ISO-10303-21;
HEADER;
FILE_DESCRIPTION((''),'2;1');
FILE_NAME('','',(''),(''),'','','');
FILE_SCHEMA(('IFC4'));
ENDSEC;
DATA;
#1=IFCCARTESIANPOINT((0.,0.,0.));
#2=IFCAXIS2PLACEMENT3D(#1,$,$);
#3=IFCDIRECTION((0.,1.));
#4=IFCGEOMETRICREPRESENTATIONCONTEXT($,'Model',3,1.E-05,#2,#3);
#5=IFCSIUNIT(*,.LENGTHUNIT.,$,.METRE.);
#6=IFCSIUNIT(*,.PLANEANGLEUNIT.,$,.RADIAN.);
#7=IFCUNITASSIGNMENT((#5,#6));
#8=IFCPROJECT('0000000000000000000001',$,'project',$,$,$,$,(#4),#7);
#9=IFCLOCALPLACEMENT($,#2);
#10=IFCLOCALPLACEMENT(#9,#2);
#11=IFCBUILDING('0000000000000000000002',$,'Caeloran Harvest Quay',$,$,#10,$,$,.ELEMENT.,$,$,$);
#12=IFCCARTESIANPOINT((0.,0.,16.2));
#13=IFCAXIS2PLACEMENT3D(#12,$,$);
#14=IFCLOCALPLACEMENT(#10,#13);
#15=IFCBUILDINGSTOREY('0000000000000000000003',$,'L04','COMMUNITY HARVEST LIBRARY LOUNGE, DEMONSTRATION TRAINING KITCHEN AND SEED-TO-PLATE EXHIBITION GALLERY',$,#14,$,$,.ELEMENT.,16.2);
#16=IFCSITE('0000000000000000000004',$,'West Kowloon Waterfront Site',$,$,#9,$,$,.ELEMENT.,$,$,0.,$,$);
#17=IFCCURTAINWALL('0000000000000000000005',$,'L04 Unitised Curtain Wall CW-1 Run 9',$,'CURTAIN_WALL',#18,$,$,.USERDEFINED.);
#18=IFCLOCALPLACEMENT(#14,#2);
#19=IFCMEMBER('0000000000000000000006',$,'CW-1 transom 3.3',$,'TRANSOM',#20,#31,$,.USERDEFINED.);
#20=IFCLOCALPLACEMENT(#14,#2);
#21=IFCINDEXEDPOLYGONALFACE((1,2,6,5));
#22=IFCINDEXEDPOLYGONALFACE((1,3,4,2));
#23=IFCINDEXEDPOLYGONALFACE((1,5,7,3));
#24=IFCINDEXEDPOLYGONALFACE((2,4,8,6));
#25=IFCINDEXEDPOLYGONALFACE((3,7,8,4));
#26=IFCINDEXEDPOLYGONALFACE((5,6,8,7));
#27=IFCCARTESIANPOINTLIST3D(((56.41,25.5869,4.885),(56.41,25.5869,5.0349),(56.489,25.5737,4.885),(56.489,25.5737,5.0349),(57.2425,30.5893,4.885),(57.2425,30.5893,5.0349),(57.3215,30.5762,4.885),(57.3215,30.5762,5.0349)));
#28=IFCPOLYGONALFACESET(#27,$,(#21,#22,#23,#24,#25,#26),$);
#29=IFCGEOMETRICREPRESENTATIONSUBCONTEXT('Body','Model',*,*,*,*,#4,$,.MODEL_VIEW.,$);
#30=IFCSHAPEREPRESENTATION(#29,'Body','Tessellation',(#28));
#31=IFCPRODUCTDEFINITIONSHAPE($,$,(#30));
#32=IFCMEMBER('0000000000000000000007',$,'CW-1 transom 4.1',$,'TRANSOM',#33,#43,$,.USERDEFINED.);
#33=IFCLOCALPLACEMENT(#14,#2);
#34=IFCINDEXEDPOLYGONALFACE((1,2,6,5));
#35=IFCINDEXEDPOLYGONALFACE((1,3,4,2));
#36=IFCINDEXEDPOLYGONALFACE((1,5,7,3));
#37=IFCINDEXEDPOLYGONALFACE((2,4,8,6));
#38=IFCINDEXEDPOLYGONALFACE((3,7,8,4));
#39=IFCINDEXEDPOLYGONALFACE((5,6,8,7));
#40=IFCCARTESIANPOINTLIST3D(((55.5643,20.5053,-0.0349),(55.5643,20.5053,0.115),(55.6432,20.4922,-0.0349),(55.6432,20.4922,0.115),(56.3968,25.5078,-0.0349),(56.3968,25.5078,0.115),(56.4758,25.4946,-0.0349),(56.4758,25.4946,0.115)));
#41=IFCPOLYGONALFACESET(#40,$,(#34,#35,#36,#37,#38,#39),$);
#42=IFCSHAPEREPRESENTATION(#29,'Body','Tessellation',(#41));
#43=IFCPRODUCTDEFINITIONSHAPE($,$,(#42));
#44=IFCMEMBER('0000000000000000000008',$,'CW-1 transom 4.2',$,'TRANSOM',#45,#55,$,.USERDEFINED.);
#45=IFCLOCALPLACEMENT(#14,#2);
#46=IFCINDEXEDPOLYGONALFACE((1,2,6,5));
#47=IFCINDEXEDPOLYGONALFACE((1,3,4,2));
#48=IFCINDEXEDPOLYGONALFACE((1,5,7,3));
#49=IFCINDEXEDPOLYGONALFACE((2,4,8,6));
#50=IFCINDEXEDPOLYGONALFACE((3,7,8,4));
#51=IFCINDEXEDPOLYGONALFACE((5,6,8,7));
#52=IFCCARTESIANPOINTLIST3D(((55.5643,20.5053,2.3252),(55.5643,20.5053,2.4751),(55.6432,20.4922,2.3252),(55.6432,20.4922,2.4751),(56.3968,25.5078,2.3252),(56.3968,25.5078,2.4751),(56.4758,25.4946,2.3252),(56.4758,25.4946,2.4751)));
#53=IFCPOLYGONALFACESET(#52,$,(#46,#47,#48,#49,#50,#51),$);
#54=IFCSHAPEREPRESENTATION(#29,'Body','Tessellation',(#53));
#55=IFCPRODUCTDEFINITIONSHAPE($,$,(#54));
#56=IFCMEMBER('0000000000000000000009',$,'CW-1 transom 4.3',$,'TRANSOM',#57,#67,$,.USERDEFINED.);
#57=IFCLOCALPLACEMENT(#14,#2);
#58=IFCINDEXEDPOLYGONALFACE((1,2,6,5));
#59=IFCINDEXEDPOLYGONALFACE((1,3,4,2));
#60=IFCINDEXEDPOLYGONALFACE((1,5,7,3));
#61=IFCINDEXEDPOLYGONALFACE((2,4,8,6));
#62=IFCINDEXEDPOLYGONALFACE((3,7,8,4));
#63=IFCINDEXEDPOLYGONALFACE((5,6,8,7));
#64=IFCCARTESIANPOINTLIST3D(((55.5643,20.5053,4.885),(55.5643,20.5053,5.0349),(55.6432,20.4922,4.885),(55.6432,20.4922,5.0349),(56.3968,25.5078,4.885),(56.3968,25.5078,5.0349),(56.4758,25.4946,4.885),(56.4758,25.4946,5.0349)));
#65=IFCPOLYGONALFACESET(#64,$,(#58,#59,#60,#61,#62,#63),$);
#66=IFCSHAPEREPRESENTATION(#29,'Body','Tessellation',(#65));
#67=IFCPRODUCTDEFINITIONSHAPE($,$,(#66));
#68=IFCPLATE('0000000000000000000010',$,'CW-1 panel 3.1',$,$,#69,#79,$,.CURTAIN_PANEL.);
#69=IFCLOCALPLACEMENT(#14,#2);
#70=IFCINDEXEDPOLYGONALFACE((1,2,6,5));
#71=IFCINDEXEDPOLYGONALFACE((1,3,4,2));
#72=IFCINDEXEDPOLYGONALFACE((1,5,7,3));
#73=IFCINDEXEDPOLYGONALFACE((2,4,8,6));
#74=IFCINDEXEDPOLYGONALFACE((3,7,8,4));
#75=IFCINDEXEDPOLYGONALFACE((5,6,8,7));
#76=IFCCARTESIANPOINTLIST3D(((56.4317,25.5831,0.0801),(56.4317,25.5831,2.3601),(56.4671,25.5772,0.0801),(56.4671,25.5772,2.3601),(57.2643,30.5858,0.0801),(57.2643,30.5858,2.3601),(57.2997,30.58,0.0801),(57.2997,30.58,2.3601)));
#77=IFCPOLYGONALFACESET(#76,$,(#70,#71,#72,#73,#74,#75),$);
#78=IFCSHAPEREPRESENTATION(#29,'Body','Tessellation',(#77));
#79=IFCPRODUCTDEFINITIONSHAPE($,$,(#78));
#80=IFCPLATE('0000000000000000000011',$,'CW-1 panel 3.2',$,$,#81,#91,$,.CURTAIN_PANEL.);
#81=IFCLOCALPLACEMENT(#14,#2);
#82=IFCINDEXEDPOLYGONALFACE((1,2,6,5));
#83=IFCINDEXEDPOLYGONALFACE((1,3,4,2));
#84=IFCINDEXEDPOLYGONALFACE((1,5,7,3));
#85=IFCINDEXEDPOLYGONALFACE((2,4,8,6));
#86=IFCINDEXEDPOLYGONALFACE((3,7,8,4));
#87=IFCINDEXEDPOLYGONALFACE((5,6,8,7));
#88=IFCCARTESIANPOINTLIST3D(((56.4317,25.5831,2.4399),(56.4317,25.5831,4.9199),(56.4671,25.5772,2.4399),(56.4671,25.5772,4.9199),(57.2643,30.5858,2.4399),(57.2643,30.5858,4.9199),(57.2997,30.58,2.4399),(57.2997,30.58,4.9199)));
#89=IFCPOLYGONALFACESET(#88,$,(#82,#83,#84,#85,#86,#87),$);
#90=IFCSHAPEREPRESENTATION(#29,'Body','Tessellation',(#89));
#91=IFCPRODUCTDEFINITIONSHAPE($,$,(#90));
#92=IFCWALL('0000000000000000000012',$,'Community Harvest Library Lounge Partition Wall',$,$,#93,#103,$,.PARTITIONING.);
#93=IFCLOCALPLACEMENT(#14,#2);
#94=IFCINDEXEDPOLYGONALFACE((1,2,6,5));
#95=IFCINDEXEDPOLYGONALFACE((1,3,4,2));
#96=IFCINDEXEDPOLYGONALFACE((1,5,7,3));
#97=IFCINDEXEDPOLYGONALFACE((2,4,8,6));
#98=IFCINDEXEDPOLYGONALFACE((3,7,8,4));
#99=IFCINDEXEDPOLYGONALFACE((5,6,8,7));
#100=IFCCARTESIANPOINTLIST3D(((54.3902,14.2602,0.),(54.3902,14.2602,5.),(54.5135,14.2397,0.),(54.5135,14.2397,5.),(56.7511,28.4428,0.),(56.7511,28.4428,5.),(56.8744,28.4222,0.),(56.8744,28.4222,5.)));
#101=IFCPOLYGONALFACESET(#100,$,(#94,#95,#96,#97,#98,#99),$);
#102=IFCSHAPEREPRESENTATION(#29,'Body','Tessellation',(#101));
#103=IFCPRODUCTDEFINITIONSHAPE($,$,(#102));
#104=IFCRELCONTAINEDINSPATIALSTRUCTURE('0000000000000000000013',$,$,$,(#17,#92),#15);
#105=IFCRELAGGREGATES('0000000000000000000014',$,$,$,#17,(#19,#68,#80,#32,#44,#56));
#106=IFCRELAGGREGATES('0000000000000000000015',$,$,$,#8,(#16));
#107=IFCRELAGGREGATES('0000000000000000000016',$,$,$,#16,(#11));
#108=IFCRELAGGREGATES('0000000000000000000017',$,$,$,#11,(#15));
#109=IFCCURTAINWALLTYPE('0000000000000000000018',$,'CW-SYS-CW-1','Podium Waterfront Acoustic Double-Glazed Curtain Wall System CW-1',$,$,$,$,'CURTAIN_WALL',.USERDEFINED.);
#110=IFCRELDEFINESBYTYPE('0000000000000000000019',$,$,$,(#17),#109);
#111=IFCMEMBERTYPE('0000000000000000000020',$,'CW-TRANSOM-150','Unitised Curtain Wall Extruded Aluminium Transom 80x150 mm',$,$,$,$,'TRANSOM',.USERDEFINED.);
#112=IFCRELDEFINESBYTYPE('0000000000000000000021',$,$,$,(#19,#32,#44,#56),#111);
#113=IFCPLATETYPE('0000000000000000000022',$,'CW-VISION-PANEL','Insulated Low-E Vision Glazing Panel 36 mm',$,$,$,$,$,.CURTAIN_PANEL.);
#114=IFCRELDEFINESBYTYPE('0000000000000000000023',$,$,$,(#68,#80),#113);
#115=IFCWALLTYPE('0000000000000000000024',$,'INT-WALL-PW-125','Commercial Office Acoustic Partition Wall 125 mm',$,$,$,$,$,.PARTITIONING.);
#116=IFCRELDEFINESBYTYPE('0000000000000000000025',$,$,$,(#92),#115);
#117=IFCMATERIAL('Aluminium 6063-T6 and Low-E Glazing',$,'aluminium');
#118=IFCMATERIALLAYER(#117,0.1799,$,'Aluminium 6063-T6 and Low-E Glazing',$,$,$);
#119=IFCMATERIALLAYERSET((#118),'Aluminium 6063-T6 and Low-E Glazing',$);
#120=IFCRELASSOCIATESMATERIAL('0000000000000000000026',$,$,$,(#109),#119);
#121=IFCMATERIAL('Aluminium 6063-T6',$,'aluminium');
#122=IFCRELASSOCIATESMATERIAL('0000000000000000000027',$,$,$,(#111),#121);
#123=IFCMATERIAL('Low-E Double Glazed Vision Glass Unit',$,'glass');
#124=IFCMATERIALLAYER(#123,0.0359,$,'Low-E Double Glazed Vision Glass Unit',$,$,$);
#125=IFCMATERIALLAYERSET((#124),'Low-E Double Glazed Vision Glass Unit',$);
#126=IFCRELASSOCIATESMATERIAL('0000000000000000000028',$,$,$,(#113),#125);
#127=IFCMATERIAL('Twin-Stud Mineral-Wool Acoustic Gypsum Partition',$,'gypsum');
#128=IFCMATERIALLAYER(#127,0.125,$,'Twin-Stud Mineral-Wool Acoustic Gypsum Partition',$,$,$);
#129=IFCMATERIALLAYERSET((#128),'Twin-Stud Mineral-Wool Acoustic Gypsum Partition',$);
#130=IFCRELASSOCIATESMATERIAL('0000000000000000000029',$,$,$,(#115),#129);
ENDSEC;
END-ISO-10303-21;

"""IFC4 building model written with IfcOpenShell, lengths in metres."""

from ifc_helpers import new_model, si_unit, direction, frame, frame_2d, origin, origin_2d, place, context, subcontext, project, spatial, rectangle, extrude, material, layer, layer_set, material_profile, profile_set, type_object, element, aggregate, save


model = new_model("IFC4")

# Units and contexts
model_context = context("Model", 3, precision=1e-05, world=origin(), true_north=direction((0.0, 1.0)))
body_context = subcontext(model_context, "Body", "Model", "MODEL_VIEW")
ifc_project = project(units=[si_unit("LENGTHUNIT", "METRE"), si_unit("PLANEANGLEUNIT", "RADIAN")], contexts=[model_context])

# Site, building, storey
site_placement = place(None, origin())
site = spatial("IfcSite", under=ifc_project, at=site_placement, Name="West Kowloon Waterfront Site", CompositionType="ELEMENT", RefElevation=0.0)
building_placement = place(site_placement, origin())
building = spatial("IfcBuilding", under=site, at=building_placement, Name="Caeloran Harvest Quay", CompositionType="ELEMENT")
storey_placement = place(building_placement, frame((0.0, 0.0, 16.2)))
storey = spatial("IfcBuildingStorey", under=building, at=storey_placement, Name="L04", Description="COMMUNITY HARVEST LIBRARY LOUNGE, DEMONSTRATION TRAINING KITCHEN AND SEED-TO-PLATE EXHIBITION GALLERY", CompositionType="ELEMENT", Elevation=16.2)

# Curtain wall, members, plates
ifc_material_1 = material(Name="Aluminium 6063-T6 and Low-E Glazing", Category="aluminium")
ifc_layer_1 = layer(ifc_material_1, 0.1799, Name="Aluminium 6063-T6 and Low-E Glazing")
ifc_layer_set_1 = layer_set([ifc_layer_1], Name="Aluminium 6063-T6 and Low-E Glazing")
curtain_wall_type = type_object("IfcCurtainWallType", Name="CW-SYS-CW-1", Description="Podium Waterfront Acoustic Double-Glazed Curtain Wall System CW-1", ElementType="CURTAIN_WALL", PredefinedType="USERDEFINED", material=ifc_layer_set_1)
curtain_wall_placement = place(storey_placement, origin())
curtain_wall = element("IfcCurtainWall", 1, at=curtain_wall_placement, inside=storey, type_object=curtain_wall_type, Name="L04 Unitised Curtain Wall CW-1 Run 9", ObjectType="CURTAIN_WALL", PredefinedType="USERDEFINED")
ifc_material_2 = material(Name="Aluminium 6063-T6", Category="aluminium")
ifc_material_profile_1 = material_profile(ifc_material_2, rectangle(XDim=0.0801, YDim=0.1499, at=origin_2d()), Name="CW-TRANSOM-150")
ifc_profile_set_1 = profile_set([ifc_material_profile_1], Name="Aluminium 6063-T6")
member_type_1 = type_object("IfcMemberType", Name="CW-TRANSOM-150", Description="Unitised Curtain Wall Extruded Aluminium Transom 80x150 mm", ElementType="TRANSOM", PredefinedType="USERDEFINED", material=ifc_profile_set_1)
member_1_placement = place(storey_placement, frame((57.282, 30.5828, 4.96), z_axis=(-0.164165, -0.986433, 0.0), x_axis=(0.986433, -0.164165, 0.0)))
member_1 = element("IfcMember", 2, at=member_1_placement, type_object=member_type_1, Name="CW-1 transom 3.3", ObjectType="TRANSOM", PredefinedType="USERDEFINED", context=body_context, shape_type="SweptSolid", body=[
    extrude(rectangle(XDim=0.0801, YDim=0.1499, at=origin_2d()), origin(), (0.0, 0.0, 1.0), 5.0713),
])
member_2_placement = place(storey_placement, frame((56.4363, 25.5012, 0.04), z_axis=(-0.164165, -0.986433, 0.0), x_axis=(0.986433, -0.164165, 0.0)))
member_2 = element("IfcMember", 3, at=member_2_placement, type_object=member_type_1, Name="CW-1 transom 4.1", ObjectType="TRANSOM", PredefinedType="USERDEFINED", context=body_context, shape_type="SweptSolid", body=[
    extrude(rectangle(XDim=0.0801, YDim=0.1499, at=origin_2d()), origin(), (0.0, 0.0, 1.0), 5.0713),
])
member_3_placement = place(storey_placement, frame((56.4363, 25.5012, 2.4001), z_axis=(-0.164165, -0.986433, 0.0), x_axis=(0.986433, -0.164165, 0.0)))
member_3 = element("IfcMember", 4, at=member_3_placement, type_object=member_type_1, Name="CW-1 transom 4.2", ObjectType="TRANSOM", PredefinedType="USERDEFINED", context=body_context, shape_type="SweptSolid", body=[
    extrude(rectangle(XDim=0.0801, YDim=0.1499, at=origin_2d()), origin(), (0.0, 0.0, 1.0), 5.0713),
])
member_4_placement = place(storey_placement, frame((56.4363, 25.5012, 4.96), z_axis=(-0.164165, -0.986433, 0.0), x_axis=(0.986433, -0.164165, 0.0)))
member_4 = element("IfcMember", 5, at=member_4_placement, type_object=member_type_1, Name="CW-1 transom 4.3", ObjectType="TRANSOM", PredefinedType="USERDEFINED", context=body_context, shape_type="SweptSolid", body=[
    extrude(rectangle(XDim=0.0801, YDim=0.1499, at=origin_2d()), origin(), (0.0, 0.0, 1.0), 5.0713),
])
ifc_material_3 = material(Name="Low-E Double Glazed Vision Glass Unit", Category="glass")
ifc_layer_2 = layer(ifc_material_3, 0.0359, Name="Low-E Double Glazed Vision Glass Unit")
ifc_layer_set_2 = layer_set([ifc_layer_2], Name="Low-E Double Glazed Vision Glass Unit")
plate_type = type_object("IfcPlateType", Name="CW-VISION-PANEL", Description="Insulated Low-E Vision Glazing Panel 36 mm", PredefinedType="CURTAIN_PANEL", material=ifc_layer_set_2)
plate_1_placement = place(storey_placement, frame((56.8657, 28.0815, 0.0801), z_axis=(0.0, 0.0, 1.0), x_axis=(-0.164174, -0.986431, 0.0)))
plate_1 = element("IfcPlate", 6, at=plate_1_placement, type_object=plate_type, Name="CW-1 panel 3.1", PredefinedType="CURTAIN_PANEL", context=body_context, shape_type="SweptSolid", body=[
    extrude(rectangle(XDim=5.0715, YDim=0.0359, at=origin_2d()), origin(), (0.0, 0.0, 1.0), 2.28),
])
plate_2_placement = place(storey_placement, frame((56.8657, 28.0815, 2.4399), z_axis=(0.0, 0.0, 1.0), x_axis=(-0.164174, -0.986431, 0.0)))
plate_2 = element("IfcPlate", 7, at=plate_2_placement, type_object=plate_type, Name="CW-1 panel 3.2", PredefinedType="CURTAIN_PANEL", context=body_context, shape_type="SweptSolid", body=[
    extrude(rectangle(XDim=5.0715, YDim=0.0359, at=origin_2d()), origin(), (0.0, 0.0, 1.0), 2.48),
])
aggregate(curtain_wall, [member_1, plate_1, plate_2, member_2, member_3, member_4])

# Wall
ifc_material_4 = material(Name="Twin-Stud Mineral-Wool Acoustic Gypsum Partition", Category="gypsum")
ifc_layer_3 = layer(ifc_material_4, 0.125, Name="Twin-Stud Mineral-Wool Acoustic Gypsum Partition")
ifc_layer_set_3 = layer_set([ifc_layer_3], Name="Twin-Stud Mineral-Wool Acoustic Gypsum Partition")
wall_type = type_object("IfcWallType", Name="INT-WALL-PW-125", Description="Commercial Office Acoustic Partition Wall 125 mm", PredefinedType="PARTITIONING", material=ifc_layer_set_3)
wall_placement = place(storey_placement, frame((56.8127, 28.4326, 0.0), z_axis=(0.0, 0.0, 1.0), x_axis=(-0.164201, -0.986427, 0.0)))
element("IfcWall", 8, at=wall_placement, inside=storey, type_object=wall_type, Name="Community Harvest Library Lounge Partition Wall", PredefinedType="PARTITIONING", context=body_context, shape_type="SweptSolid", body=[
    extrude(rectangle(XDim=14.3777, YDim=0.125, at=frame_2d((7.189, 0.0))), origin(), (0.0, 0.0, 1.0), 5.0),
])

save(model, "model.ifc")
